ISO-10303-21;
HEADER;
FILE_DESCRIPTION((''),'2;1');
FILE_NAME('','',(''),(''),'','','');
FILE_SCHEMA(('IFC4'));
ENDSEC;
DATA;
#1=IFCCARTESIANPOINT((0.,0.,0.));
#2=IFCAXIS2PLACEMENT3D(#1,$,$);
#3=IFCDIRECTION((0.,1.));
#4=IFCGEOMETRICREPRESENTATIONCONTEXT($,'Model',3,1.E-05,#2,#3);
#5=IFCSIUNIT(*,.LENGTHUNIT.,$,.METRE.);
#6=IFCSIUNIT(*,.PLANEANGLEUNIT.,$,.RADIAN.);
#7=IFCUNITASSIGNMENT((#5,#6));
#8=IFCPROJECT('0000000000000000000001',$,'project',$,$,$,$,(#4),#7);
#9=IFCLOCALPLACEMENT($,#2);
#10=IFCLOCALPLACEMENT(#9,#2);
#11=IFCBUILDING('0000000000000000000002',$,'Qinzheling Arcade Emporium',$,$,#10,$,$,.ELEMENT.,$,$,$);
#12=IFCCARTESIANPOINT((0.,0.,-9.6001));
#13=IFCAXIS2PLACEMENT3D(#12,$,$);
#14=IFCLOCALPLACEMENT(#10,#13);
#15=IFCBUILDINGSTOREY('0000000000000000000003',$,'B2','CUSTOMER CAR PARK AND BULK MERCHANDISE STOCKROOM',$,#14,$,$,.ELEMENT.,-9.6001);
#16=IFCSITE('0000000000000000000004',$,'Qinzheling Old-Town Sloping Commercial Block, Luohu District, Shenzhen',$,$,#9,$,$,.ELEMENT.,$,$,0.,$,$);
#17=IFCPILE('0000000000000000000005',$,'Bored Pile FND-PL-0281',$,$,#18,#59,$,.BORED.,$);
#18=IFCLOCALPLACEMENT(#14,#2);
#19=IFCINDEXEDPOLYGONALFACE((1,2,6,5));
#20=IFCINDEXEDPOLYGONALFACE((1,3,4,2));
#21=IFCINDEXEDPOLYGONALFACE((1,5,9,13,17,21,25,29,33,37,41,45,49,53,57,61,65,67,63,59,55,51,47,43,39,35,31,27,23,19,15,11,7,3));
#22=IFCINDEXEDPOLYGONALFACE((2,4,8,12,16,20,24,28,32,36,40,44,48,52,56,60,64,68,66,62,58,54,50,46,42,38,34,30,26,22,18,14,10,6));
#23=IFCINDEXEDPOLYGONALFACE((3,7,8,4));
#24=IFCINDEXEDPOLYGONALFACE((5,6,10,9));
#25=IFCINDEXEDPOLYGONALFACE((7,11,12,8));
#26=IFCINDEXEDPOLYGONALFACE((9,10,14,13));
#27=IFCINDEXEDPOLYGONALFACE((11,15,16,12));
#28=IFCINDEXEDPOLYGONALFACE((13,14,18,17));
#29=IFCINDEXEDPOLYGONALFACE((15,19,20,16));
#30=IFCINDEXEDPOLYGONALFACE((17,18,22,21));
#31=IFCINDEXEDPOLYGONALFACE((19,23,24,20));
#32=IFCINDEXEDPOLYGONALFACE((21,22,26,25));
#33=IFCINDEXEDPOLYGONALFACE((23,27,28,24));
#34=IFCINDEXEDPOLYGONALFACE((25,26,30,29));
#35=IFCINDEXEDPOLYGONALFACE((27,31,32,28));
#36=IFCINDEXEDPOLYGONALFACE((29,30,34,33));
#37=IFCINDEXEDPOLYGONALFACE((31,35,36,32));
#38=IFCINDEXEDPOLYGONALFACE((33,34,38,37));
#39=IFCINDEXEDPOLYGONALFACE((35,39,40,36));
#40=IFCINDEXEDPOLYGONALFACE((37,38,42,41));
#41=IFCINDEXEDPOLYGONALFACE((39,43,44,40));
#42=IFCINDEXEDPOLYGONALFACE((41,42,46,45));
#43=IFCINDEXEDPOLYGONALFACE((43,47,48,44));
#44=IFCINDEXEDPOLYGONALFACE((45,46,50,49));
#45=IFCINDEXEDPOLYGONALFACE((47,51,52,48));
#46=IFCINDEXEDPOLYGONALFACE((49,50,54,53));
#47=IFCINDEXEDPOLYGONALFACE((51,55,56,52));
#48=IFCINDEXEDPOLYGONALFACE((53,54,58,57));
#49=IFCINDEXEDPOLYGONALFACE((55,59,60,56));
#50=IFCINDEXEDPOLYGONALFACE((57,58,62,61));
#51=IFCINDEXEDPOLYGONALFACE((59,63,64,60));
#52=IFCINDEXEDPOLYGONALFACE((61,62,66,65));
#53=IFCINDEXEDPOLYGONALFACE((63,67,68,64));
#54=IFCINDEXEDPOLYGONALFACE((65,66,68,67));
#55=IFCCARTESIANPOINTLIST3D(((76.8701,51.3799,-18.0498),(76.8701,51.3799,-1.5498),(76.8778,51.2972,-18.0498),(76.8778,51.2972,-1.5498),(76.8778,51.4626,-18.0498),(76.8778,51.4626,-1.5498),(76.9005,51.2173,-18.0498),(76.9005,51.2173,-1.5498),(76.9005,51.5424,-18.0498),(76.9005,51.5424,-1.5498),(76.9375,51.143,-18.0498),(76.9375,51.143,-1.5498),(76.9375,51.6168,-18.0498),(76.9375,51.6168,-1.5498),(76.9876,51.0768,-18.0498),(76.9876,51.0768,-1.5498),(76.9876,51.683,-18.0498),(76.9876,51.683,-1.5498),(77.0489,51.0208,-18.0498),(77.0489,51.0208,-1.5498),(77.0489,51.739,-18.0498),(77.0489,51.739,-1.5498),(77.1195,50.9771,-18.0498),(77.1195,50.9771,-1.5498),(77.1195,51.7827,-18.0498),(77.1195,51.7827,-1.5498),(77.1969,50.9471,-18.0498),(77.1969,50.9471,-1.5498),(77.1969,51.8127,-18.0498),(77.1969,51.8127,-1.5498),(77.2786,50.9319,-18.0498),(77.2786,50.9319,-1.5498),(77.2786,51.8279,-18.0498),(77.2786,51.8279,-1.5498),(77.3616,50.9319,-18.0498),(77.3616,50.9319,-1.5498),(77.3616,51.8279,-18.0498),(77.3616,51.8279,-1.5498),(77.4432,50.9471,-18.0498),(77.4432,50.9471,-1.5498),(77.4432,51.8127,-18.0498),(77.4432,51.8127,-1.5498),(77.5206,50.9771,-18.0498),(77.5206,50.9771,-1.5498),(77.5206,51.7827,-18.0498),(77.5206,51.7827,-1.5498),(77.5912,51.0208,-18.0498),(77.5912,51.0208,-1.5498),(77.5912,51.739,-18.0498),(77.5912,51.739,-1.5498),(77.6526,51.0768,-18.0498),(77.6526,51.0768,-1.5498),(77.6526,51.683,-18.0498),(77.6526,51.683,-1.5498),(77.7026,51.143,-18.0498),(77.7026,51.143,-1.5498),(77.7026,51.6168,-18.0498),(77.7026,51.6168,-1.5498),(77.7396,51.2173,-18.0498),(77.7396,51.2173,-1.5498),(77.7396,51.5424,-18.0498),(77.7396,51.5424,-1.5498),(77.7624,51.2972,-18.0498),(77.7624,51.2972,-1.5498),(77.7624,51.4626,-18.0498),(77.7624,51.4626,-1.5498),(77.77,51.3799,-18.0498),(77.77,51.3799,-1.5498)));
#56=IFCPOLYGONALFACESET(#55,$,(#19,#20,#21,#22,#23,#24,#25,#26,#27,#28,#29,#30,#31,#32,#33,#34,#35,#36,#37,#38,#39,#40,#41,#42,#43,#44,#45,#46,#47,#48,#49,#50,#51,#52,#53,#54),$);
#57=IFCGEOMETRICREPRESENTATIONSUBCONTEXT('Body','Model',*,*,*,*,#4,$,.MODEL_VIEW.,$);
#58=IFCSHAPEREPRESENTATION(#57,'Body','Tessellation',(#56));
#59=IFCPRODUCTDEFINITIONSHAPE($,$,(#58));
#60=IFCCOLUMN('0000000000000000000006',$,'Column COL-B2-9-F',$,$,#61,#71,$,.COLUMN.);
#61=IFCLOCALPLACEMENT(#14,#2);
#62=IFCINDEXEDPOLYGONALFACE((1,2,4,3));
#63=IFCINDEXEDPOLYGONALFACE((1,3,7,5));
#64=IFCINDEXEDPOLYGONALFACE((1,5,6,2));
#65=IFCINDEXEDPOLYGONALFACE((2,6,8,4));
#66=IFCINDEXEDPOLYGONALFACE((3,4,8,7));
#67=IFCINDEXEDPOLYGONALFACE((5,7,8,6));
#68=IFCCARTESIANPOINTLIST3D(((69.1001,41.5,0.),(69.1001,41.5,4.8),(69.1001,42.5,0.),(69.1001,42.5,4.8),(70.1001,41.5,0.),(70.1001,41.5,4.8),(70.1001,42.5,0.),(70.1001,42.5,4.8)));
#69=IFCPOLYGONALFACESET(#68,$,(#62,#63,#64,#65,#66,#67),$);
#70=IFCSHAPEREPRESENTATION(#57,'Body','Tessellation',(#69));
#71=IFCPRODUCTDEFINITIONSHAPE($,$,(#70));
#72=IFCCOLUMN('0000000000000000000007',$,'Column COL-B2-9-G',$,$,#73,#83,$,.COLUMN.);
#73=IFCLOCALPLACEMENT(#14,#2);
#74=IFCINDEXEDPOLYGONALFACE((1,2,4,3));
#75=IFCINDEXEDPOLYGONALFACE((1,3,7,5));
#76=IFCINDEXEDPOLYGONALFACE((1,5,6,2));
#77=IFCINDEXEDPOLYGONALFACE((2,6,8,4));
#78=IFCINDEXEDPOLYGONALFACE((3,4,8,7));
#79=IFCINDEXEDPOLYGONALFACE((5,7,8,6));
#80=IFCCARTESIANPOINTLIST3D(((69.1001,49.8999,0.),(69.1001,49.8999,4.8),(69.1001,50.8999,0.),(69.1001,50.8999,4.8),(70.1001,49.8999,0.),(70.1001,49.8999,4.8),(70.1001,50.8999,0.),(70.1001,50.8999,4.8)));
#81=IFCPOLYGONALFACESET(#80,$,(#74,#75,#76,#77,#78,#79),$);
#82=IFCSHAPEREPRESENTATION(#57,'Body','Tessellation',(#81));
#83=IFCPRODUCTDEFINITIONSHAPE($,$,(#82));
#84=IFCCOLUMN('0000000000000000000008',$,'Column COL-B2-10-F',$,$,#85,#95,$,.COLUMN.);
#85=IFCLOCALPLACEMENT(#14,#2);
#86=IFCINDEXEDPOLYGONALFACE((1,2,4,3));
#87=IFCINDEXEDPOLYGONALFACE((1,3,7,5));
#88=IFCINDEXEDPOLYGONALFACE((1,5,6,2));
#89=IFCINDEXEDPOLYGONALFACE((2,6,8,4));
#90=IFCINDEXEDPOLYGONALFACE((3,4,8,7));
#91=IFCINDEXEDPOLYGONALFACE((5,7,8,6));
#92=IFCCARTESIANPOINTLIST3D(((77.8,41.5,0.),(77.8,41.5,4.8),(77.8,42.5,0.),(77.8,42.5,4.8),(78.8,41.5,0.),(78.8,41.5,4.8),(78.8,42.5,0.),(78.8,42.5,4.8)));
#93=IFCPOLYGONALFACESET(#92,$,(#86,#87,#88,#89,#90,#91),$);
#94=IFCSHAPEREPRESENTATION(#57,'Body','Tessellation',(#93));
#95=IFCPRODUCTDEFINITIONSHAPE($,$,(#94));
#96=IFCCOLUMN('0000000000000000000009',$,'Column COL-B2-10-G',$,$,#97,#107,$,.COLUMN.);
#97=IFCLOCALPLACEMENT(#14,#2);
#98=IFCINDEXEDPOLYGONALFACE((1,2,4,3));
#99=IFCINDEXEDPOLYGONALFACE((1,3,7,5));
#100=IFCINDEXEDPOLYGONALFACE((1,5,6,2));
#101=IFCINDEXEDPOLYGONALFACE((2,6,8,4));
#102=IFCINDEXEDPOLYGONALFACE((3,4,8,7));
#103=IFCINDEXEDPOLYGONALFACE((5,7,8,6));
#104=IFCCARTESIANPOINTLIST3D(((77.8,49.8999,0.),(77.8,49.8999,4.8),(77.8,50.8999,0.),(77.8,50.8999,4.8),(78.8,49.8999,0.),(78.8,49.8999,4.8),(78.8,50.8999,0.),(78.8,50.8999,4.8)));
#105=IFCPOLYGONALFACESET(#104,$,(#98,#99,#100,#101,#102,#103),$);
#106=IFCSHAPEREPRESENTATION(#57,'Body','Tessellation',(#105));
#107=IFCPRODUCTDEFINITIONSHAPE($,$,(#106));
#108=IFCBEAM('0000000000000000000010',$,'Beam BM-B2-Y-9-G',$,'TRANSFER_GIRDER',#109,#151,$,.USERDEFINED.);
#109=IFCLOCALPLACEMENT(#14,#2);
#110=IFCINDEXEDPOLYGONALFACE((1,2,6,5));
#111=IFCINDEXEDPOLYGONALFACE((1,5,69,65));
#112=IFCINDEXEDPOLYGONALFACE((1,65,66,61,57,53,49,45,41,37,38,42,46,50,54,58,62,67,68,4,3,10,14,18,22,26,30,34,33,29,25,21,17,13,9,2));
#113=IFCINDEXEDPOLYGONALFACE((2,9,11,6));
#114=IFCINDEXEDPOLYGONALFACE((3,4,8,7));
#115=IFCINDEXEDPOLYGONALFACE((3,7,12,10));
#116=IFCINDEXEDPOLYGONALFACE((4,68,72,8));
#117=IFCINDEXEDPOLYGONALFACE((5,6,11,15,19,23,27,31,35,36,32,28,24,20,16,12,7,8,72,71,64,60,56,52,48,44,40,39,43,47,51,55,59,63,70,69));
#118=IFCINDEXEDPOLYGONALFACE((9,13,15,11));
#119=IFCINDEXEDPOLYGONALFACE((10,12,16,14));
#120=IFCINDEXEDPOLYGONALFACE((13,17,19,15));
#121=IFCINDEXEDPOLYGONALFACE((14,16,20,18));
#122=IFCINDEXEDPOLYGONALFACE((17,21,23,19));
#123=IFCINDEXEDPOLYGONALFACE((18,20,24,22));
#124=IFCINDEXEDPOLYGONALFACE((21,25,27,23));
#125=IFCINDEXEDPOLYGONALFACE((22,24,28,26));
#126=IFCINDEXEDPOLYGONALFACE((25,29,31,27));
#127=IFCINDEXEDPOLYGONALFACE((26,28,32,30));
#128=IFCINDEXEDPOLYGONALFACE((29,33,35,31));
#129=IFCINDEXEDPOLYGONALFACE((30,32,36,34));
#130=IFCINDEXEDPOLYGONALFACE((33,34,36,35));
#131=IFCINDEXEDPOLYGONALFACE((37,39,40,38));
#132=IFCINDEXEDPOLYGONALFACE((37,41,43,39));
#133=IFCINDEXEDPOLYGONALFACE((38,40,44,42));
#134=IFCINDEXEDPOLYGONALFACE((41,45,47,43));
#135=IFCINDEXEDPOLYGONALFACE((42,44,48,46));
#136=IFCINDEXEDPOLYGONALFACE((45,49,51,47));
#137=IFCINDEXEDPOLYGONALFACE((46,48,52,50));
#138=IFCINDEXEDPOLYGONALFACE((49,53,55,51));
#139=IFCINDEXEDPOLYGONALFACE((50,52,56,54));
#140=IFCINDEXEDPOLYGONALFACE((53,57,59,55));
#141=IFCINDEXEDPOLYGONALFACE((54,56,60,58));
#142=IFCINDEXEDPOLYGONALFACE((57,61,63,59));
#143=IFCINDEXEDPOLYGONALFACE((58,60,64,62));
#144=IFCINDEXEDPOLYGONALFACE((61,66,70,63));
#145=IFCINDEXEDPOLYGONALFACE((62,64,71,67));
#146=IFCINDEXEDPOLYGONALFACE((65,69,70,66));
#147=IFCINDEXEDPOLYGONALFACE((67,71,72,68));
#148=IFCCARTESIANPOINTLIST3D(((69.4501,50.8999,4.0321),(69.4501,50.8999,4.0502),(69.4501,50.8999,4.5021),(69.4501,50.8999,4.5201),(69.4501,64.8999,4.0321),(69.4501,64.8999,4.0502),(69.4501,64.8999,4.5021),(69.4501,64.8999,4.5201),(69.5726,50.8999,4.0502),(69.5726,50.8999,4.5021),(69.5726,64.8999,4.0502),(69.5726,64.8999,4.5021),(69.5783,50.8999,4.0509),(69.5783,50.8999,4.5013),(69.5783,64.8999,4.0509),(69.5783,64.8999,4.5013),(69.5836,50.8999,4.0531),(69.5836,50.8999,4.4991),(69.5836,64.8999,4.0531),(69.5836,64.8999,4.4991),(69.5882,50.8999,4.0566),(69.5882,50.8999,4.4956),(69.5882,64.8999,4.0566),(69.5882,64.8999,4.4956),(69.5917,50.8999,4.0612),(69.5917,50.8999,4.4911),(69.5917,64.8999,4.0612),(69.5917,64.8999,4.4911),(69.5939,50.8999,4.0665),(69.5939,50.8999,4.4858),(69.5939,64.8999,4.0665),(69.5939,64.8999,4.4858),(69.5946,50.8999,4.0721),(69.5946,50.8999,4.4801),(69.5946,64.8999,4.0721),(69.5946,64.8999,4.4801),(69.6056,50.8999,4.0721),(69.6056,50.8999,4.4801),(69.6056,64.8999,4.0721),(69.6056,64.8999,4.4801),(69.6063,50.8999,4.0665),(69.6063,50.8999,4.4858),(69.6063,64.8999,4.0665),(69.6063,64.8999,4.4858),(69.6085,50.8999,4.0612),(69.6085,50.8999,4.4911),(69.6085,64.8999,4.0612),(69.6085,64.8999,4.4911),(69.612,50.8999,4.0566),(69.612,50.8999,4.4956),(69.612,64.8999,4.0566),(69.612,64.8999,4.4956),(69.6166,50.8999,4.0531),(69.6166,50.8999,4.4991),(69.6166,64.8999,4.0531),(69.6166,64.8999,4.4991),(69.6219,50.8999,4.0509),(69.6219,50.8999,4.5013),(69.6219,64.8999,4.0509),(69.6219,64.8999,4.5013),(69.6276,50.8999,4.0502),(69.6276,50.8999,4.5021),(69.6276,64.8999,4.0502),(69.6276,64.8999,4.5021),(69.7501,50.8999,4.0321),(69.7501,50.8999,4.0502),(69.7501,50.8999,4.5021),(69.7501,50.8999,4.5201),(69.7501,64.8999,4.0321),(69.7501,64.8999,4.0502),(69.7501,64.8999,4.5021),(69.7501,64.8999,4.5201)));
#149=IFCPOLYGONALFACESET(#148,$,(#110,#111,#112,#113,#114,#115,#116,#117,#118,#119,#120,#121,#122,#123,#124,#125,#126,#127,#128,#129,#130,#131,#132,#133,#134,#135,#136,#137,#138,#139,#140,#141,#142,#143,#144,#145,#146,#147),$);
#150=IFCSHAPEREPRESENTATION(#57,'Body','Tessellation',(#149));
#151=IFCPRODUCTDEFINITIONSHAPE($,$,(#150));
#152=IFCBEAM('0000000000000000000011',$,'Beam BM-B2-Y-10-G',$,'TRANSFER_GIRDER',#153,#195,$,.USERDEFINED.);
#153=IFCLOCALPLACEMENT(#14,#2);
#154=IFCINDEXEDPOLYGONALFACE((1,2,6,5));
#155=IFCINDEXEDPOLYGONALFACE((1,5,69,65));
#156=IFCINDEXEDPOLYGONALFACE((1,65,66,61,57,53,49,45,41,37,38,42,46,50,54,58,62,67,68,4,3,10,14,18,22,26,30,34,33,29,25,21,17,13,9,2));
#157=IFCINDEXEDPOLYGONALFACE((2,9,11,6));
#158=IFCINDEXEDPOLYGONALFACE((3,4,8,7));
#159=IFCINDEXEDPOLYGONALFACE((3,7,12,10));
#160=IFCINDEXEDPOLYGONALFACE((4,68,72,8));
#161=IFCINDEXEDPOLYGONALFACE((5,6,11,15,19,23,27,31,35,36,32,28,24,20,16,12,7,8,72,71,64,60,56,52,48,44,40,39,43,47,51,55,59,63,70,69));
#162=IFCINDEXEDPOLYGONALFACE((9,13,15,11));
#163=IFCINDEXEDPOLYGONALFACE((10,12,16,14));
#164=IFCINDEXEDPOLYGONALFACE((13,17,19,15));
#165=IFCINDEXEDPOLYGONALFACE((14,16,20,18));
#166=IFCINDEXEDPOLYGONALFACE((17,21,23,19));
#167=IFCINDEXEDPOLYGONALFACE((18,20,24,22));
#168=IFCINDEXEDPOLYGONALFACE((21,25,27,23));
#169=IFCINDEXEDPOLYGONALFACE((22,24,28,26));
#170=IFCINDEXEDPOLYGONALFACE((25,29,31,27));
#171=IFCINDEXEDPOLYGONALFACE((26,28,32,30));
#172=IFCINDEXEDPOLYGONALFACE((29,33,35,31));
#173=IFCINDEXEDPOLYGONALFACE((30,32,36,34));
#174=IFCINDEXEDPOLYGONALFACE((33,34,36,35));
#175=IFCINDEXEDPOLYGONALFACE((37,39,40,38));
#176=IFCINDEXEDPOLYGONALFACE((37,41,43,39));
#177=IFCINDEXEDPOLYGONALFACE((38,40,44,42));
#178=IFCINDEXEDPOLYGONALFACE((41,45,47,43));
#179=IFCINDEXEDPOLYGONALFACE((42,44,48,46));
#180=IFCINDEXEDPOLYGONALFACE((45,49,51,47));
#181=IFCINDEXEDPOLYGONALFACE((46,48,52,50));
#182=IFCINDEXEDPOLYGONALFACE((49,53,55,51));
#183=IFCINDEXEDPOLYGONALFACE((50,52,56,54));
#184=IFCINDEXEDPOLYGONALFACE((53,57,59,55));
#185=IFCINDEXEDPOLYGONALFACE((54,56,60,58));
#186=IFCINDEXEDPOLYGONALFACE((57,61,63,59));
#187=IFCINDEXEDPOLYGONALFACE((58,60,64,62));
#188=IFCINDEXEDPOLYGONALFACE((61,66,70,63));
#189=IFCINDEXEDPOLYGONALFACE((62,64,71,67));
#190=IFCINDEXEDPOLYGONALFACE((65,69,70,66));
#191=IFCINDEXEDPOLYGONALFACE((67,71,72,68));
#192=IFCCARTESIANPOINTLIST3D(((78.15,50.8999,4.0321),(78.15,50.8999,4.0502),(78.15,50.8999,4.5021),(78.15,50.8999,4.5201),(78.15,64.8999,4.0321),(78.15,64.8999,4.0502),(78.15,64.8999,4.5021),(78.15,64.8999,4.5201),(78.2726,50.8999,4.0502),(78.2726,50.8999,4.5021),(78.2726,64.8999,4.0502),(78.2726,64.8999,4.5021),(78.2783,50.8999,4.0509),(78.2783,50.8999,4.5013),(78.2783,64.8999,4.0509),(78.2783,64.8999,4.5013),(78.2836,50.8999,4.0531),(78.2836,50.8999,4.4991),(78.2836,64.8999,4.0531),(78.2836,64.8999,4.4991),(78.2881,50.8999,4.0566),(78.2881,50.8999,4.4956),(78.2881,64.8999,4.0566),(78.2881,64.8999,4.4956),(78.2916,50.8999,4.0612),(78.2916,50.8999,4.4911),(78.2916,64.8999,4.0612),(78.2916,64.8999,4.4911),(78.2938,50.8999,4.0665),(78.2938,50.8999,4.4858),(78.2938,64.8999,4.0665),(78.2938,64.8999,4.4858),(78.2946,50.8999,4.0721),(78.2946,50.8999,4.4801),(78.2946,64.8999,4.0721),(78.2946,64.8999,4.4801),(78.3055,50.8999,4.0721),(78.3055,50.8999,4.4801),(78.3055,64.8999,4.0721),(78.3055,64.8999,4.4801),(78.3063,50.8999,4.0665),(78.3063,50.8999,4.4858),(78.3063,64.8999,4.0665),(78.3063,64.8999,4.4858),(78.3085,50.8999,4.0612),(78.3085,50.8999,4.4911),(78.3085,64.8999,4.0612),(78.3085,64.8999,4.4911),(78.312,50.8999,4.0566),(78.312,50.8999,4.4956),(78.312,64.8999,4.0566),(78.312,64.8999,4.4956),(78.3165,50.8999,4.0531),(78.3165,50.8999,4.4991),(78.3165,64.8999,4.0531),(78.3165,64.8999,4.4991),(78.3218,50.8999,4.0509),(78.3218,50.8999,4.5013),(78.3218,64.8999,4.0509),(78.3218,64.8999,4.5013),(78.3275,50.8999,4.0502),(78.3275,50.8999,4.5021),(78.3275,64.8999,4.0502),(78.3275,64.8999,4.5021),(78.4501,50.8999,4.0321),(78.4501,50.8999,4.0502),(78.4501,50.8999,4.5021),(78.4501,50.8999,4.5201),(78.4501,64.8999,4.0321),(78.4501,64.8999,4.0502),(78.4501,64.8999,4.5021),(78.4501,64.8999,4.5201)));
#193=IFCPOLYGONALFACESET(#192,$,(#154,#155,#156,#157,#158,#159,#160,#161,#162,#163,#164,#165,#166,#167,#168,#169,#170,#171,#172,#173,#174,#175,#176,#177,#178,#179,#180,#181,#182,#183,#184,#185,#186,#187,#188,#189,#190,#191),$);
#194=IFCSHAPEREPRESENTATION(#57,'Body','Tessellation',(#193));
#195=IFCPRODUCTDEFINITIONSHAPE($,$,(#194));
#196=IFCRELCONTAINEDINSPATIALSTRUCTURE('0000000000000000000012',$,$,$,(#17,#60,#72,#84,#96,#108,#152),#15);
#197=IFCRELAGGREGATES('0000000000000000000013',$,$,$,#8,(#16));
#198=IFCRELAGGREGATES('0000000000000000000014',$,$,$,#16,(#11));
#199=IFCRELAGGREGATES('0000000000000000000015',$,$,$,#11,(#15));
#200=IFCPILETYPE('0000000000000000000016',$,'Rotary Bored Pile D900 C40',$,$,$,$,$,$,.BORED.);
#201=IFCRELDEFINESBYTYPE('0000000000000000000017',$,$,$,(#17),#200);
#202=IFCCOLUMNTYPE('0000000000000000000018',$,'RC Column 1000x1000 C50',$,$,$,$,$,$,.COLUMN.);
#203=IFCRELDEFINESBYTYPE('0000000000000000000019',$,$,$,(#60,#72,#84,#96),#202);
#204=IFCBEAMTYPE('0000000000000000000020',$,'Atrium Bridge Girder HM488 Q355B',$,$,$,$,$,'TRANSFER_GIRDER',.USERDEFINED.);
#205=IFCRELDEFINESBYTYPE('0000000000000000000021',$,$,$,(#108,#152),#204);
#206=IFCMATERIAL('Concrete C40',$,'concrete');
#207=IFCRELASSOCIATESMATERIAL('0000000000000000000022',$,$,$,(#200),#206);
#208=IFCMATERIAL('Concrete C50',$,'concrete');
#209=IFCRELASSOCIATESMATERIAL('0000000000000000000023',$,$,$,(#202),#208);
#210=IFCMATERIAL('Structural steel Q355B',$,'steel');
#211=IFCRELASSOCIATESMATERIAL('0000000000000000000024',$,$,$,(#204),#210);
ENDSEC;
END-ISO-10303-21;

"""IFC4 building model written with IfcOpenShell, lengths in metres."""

from ifc_helpers import new_model, si_unit, direction, frame, origin, origin_2d, place, context, subcontext, project, spatial, rectangle, circle, i_section, extrude, material, material_profile, profile_set, type_object, element, save


model = new_model("IFC4")

# Units and contexts
model_context = context("Model", 3, precision=1e-05, world=origin(), true_north=direction((0.0, 1.0)))
body_context = subcontext(model_context, "Body", "Model", "MODEL_VIEW")
ifc_project = project(units=[si_unit("LENGTHUNIT", "METRE"), si_unit("PLANEANGLEUNIT", "RADIAN")], contexts=[model_context])

# Site, building, storey
site_placement = place(None, origin())
site = spatial("IfcSite", under=ifc_project, at=site_placement, Name="Qinzheling Old-Town Sloping Commercial Block, Luohu District, Shenzhen", CompositionType="ELEMENT", RefElevation=0.0)
building_placement = place(site_placement, origin())
building = spatial("IfcBuilding", under=site, at=building_placement, Name="Qinzheling Arcade Emporium", CompositionType="ELEMENT")
storey_placement = place(building_placement, frame((0.0, 0.0, -9.6001)))
storey = spatial("IfcBuildingStorey", under=building, at=storey_placement, Name="B2", Description="CUSTOMER CAR PARK AND BULK MERCHANDISE STOCKROOM", CompositionType="ELEMENT", Elevation=-9.6001)

# Shared definitions
ifc_material_1 = material(Name="Concrete C40", Category="concrete")

# Pile
ifc_material_profile_1 = material_profile(ifc_material_1, circle(Radius=0.45, at=origin_2d()), Name="BORED D900", Category="concrete")
ifc_profile_set_1 = profile_set([ifc_material_profile_1], Name="Concrete C40")
pile_type = type_object("IfcPileType", Name="Rotary Bored Pile D900 C40", PredefinedType="BORED", material=ifc_profile_set_1)
for number, where, z_axis, x_axis, name in (
    (1, (77.3201, 51.3799, -1.5498), (0.0, 0.0, -1.0), (1.0, 0.0, 0.0), "Bored Pile FND-PL-0281"),
):
    element("IfcPile", number, at=place(storey_placement, frame(where, z_axis=z_axis, x_axis=x_axis)), inside=storey, type_object=pile_type, Name=name, PredefinedType="BORED", context=body_context, shape_type="SweptSolid", body=[
        extrude(circle(Radius=0.45, at=origin_2d()), origin(), (0.0, 0.0, 1.0), 16.5),
    ])

# Columns
ifc_material_2 = material(Name="Concrete C50", Category="concrete")
ifc_material_profile_2 = material_profile(ifc_material_2, rectangle(XDim=1.0, YDim=1.0, at=origin_2d()), Name="RC 1000x1000", Category="concrete")
ifc_profile_set_2 = profile_set([ifc_material_profile_2], Name="Concrete C50")
column_type = type_object("IfcColumnType", Name="RC Column 1000x1000 C50", PredefinedType="COLUMN", material=ifc_profile_set_2)
for number, where, z_axis, x_axis, name in (
    (2, (69.6001, 42.0, 0.0), (0.0, 0.0, 1.0), (1.0, 0.0, 0.0), "Column COL-B2-9-F"),
    (3, (69.6001, 50.3999, 0.0), (0.0, 0.0, 1.0), (1.0, 0.0, 0.0), "Column COL-B2-9-G"),
    (4, (78.3, 42.0, 0.0), (0.0, 0.0, 1.0), (1.0, 0.0, 0.0), "Column COL-B2-10-F"),
    (5, (78.3, 50.3999, 0.0), (0.0, 0.0, 1.0), (1.0, 0.0, 0.0), "Column COL-B2-10-G"),
):
    element("IfcColumn", number, at=place(storey_placement, frame(where, z_axis=z_axis, x_axis=x_axis)), inside=storey, type_object=column_type, Name=name, PredefinedType="COLUMN", context=body_context, shape_type="SweptSolid", body=[
        extrude(rectangle(XDim=1.0, YDim=1.0, at=origin_2d()), origin(), (0.0, 0.0, 1.0), 4.8),
    ])

# Beams
ifc_material_3 = material(Name="Structural steel Q355B", Category="steel")
ifc_material_profile_3 = material_profile(ifc_material_3, i_section(OverallWidth=0.3, OverallDepth=0.488, WebThickness=0.011, FlangeThickness=0.0181, FilletRadius=0.022, at=origin_2d()), Name="HM 488x300x11x18", Category="steel")
ifc_profile_set_3 = profile_set([ifc_material_profile_3], Name="Structural steel Q355B")
beam_type_1 = type_object("IfcBeamType", Name="Atrium Bridge Girder HM488 Q355B", ElementType="TRANSFER_GIRDER", PredefinedType="USERDEFINED", material=ifc_profile_set_3)
for number, where, z_axis, x_axis, name in (
    (6, (69.6001, 50.8999, 4.2761), (0.0, 1.0, 0.0), (-1.0, 0.0, 0.0), "Beam BM-B2-Y-9-G"),
    (7, (78.3, 50.8999, 4.2761), (0.0, 1.0, 0.0), (-1.0, 0.0, 0.0), "Beam BM-B2-Y-10-G"),
):
    element("IfcBeam", number, at=place(storey_placement, frame(where, z_axis=z_axis, x_axis=x_axis)), inside=storey, type_object=beam_type_1, Name=name, ObjectType="TRANSFER_GIRDER", PredefinedType="USERDEFINED", context=body_context, shape_type="SweptSolid", body=[
        extrude(i_section(OverallWidth=0.3, OverallDepth=0.488, WebThickness=0.011, FlangeThickness=0.0181, FilletRadius=0.022, at=origin_2d()), origin(), (0.0, 0.0, 1.0), 14.0),
    ])

save(model, "model.ifc")
